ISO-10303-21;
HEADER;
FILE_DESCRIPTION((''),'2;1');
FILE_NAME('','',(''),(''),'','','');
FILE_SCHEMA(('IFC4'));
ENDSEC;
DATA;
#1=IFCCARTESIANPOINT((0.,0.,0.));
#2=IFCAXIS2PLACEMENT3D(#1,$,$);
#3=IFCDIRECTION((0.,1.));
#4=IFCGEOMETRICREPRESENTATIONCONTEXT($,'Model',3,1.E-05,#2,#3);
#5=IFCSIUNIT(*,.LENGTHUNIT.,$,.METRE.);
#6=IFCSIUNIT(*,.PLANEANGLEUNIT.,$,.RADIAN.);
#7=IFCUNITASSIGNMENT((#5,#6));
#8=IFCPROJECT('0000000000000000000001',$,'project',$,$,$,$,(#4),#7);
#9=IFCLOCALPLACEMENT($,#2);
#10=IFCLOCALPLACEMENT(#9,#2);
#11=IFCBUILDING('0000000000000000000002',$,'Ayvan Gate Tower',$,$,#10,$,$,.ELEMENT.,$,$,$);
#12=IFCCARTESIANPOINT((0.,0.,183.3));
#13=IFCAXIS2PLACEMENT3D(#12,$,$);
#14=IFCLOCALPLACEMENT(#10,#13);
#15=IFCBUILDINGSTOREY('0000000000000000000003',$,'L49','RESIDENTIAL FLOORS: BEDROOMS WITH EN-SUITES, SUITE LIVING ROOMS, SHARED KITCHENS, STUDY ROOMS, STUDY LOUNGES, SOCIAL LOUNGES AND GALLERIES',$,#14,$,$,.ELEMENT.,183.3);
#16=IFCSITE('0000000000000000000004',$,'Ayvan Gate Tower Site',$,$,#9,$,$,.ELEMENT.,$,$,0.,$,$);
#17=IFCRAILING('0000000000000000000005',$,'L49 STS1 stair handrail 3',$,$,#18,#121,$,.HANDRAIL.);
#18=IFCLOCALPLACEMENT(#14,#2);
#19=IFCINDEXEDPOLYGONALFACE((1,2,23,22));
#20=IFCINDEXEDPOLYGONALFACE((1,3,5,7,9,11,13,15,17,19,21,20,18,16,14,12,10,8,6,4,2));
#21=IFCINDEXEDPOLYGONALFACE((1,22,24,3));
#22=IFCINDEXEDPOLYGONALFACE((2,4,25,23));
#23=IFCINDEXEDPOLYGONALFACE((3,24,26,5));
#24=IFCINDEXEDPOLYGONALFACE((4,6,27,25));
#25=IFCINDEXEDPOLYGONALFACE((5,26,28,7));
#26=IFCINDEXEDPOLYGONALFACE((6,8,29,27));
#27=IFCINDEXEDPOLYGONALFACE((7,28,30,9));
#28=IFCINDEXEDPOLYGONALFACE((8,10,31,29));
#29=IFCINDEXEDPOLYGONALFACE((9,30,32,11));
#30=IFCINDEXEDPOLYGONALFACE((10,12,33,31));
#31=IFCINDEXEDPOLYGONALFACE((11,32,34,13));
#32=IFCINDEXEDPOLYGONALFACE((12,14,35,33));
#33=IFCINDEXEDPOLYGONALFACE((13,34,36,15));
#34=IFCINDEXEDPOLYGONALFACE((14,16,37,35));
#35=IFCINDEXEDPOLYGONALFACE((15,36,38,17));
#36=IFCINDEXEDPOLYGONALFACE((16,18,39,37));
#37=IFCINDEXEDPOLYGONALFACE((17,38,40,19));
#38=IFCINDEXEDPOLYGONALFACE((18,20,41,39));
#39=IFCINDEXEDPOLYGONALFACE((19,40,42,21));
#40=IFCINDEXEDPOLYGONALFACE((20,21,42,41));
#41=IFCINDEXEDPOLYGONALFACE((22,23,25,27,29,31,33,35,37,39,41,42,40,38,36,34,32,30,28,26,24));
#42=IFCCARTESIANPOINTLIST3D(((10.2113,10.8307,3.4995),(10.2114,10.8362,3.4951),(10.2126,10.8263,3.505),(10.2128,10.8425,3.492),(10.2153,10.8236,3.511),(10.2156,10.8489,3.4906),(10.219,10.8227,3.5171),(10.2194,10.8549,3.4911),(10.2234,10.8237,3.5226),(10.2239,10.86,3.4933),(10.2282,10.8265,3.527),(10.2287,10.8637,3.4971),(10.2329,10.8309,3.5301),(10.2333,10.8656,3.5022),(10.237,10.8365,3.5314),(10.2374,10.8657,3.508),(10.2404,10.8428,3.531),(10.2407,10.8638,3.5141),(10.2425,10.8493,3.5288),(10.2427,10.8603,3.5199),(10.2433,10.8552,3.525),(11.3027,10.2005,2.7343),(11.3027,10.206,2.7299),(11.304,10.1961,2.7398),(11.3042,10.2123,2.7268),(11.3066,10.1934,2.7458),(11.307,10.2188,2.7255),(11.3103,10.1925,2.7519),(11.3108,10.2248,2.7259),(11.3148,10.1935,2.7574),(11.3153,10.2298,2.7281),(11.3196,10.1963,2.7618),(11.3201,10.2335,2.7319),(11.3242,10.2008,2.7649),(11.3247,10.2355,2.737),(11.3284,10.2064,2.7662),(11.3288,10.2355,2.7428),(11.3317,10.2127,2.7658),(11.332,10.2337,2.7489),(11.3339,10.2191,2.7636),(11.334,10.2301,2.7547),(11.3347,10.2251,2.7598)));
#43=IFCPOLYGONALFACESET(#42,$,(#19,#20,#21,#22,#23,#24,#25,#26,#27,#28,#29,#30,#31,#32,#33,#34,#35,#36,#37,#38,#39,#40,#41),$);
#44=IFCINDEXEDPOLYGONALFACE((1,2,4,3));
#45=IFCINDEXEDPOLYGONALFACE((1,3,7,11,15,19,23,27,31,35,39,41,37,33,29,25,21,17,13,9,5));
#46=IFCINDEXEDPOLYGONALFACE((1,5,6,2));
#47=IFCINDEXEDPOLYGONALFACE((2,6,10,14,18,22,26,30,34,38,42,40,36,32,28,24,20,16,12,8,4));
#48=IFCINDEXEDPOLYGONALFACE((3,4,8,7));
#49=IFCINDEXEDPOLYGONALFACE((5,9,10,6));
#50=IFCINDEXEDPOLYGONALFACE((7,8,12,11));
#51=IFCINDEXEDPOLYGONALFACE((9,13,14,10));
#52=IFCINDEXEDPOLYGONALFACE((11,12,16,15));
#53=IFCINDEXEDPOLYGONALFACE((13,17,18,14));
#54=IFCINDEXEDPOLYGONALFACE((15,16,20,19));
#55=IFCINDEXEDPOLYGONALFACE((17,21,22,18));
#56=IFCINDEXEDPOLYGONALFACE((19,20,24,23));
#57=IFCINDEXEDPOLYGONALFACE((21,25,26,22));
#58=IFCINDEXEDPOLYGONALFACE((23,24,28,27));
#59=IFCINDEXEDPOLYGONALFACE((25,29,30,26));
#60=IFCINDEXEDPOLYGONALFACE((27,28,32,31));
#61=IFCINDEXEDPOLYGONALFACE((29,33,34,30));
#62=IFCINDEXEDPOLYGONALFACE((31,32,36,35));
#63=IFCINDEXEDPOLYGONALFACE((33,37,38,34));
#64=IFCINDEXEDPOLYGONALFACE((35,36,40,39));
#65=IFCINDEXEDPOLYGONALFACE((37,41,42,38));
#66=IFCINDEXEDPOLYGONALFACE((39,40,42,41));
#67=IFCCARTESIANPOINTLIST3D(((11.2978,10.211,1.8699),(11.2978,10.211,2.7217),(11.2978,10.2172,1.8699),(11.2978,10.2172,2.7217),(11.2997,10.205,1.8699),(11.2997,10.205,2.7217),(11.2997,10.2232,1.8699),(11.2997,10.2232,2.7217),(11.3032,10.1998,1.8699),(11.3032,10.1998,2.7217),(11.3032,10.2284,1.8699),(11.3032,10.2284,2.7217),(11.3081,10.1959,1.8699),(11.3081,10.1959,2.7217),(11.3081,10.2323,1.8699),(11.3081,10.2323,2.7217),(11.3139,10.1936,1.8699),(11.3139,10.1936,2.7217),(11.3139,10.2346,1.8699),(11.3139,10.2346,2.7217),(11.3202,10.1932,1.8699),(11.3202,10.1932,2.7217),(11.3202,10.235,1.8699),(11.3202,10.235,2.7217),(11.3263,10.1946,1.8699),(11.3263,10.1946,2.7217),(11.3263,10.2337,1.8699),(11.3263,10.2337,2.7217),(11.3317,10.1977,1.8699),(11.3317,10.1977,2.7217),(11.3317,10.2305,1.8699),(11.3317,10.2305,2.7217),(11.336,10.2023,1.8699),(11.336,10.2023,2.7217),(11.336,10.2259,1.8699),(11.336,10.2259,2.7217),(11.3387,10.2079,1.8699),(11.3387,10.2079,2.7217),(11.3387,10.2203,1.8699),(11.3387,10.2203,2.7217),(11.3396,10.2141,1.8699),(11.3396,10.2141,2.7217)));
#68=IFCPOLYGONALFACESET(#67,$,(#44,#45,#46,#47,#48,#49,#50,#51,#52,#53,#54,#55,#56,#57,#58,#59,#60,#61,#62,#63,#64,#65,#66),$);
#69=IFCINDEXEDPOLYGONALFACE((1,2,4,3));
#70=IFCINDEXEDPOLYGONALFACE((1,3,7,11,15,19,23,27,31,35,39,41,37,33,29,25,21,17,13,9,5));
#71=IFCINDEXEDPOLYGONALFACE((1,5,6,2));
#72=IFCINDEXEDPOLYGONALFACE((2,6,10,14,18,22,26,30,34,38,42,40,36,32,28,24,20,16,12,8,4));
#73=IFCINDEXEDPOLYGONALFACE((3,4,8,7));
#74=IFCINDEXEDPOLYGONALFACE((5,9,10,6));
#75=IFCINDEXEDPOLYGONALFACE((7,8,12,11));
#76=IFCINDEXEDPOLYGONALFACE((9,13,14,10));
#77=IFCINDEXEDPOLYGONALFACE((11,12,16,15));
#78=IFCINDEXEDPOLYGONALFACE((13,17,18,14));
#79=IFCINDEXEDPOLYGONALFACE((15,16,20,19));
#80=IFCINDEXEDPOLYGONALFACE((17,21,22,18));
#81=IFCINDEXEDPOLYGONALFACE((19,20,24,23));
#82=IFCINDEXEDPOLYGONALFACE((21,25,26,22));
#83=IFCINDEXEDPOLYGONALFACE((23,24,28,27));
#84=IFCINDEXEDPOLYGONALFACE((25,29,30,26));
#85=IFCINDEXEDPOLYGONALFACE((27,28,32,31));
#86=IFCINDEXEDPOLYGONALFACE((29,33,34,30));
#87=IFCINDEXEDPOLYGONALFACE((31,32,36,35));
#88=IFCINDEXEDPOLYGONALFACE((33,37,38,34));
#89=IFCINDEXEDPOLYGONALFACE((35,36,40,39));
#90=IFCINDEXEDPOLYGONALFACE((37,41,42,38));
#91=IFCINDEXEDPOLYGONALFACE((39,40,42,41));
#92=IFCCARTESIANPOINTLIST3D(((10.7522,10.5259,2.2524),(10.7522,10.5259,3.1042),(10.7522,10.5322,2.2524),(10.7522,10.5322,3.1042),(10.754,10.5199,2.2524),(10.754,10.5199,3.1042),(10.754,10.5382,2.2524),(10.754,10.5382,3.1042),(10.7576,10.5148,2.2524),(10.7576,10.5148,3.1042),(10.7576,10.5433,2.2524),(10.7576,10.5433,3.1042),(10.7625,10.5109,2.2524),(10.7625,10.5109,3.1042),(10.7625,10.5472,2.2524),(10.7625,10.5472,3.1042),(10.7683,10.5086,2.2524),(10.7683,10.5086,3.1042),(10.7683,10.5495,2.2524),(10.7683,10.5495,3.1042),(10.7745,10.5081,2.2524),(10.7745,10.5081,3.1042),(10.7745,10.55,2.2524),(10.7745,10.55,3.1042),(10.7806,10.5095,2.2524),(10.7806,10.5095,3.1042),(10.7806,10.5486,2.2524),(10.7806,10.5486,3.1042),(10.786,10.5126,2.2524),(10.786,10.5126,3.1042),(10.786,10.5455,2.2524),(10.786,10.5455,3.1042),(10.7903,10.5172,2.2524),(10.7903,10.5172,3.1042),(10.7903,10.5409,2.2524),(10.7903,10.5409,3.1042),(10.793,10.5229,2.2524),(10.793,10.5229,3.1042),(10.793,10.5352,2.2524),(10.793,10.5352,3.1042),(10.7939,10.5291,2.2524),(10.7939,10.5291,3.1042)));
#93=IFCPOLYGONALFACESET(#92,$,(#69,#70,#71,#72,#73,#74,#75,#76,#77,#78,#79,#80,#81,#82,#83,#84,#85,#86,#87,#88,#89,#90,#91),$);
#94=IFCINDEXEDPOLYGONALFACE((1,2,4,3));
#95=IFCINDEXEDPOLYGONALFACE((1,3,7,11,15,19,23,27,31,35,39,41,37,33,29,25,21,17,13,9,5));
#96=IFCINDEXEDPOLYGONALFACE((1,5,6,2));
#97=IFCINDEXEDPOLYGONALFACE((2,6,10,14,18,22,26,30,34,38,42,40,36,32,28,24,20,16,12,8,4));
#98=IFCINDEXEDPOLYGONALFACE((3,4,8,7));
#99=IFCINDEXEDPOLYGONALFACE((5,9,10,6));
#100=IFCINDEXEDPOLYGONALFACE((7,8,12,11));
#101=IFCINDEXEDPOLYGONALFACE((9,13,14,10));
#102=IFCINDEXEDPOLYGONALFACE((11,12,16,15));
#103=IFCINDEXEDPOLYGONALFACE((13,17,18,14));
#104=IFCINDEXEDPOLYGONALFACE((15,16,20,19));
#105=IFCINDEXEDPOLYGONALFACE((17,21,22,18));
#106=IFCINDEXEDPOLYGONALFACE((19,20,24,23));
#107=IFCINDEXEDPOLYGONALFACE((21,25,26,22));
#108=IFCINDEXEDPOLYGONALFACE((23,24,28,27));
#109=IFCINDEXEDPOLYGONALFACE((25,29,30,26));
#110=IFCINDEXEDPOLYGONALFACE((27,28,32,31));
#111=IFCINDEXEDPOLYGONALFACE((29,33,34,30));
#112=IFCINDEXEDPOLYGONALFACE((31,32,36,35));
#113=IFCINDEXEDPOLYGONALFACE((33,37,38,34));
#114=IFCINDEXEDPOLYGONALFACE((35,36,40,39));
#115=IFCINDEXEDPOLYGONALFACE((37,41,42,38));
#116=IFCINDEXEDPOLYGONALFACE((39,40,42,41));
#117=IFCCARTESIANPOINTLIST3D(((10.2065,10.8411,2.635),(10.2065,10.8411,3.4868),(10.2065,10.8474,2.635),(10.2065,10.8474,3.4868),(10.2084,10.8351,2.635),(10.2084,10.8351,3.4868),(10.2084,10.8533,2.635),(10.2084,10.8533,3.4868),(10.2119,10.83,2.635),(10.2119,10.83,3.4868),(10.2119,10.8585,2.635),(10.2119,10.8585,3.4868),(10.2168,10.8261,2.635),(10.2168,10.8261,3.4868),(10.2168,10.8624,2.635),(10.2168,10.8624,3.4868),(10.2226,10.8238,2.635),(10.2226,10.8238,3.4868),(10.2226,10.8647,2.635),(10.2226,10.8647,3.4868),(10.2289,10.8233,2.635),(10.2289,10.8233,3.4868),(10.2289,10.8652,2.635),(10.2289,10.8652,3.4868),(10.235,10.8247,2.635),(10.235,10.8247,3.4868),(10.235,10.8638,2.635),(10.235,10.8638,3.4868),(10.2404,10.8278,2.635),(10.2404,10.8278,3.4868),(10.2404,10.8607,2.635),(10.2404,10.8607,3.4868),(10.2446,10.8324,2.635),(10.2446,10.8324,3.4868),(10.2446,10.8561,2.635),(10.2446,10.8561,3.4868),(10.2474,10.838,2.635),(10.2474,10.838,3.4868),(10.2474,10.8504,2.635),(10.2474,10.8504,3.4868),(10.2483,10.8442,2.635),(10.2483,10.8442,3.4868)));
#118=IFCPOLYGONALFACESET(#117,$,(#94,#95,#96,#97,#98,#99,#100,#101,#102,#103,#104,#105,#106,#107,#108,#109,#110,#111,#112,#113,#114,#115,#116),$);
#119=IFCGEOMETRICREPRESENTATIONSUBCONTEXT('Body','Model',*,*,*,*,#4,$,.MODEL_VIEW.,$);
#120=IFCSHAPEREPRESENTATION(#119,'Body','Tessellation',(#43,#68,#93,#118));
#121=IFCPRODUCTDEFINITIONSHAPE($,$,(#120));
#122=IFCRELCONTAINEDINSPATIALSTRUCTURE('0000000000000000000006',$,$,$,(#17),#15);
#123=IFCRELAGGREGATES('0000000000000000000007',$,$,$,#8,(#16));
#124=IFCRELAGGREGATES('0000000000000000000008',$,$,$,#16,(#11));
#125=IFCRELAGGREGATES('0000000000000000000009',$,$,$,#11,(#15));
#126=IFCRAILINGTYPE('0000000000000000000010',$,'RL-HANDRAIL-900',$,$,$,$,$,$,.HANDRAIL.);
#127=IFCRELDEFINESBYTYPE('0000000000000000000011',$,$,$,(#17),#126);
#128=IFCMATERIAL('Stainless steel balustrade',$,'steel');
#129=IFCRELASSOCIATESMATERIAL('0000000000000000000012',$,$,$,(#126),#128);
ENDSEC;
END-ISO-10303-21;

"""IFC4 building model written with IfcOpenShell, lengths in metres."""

from ifc_helpers import new_model, si_unit, direction, frame, origin, origin_2d, place, context, subcontext, project, spatial, circle, extrude, material, type_object, element, save


model = new_model("IFC4")

# Units and contexts
model_context = context("Model", 3, precision=1e-05, world=origin(), true_north=direction((0.0, 1.0)))
body_context = subcontext(model_context, "Body", "Model", "MODEL_VIEW")
ifc_project = project(units=[si_unit("LENGTHUNIT", "METRE"), si_unit("PLANEANGLEUNIT", "RADIAN")], contexts=[model_context])

# Site, building, storey
site_placement = place(None, origin())
site = spatial("IfcSite", under=ifc_project, at=site_placement, Name="Ayvan Gate Tower Site", CompositionType="ELEMENT", RefElevation=0.0)
building_placement = place(site_placement, origin())
building = spatial("IfcBuilding", under=site, at=building_placement, Name="Ayvan Gate Tower", CompositionType="ELEMENT")
storey_placement = place(building_placement, frame((0.0, 0.0, 183.3)))
storey = spatial("IfcBuildingStorey", under=building, at=storey_placement, Name="L49", Description="RESIDENTIAL FLOORS: BEDROOMS WITH EN-SUITES, SUITE LIVING ROOMS, SHARED KITCHENS, STUDY ROOMS, STUDY LOUNGES, SOCIAL LOUNGES AND GALLERIES", CompositionType="ELEMENT", Elevation=183.3)

# Railing
ifc_material_1 = material(Name="Stainless steel balustrade", Category="steel")
railing_type_1 = type_object("IfcRailingType", Name="RL-HANDRAIL-900", PredefinedType="HANDRAIL", material=ifc_material_1)
railing_1_placement = place(storey_placement, frame((11.3186, 10.2141, 1.8699)))
element("IfcRailing", 1, at=railing_1_placement, inside=storey, type_object=railing_type_1, Name="L49 STS1 stair handrail 3", PredefinedType="HANDRAIL", context=body_context, shape_type="SweptSolid", body=[
    extrude(circle(Radius=0.0239, at=origin_2d()), frame((0.0, 0.0, 0.876), z_axis=(-0.740241, 0.427419, 0.518996), x_axis=(-0.500035, -0.866005, 0.0)), (0.0, 0.0, 1.0), 1.4744),
    extrude(circle(Radius=0.021, at=origin_2d()), origin(), (0.0, 0.0, 1.0), 0.8518),
    extrude(circle(Radius=0.021, at=origin_2d()), frame((-0.5457, 0.3149, 0.3826)), (0.0, 0.0, 1.0), 0.8518),
    extrude(circle(Radius=0.021, at=origin_2d()), frame((-1.0913, 0.6301, 0.7651)), (0.0, 0.0, 1.0), 0.8518),
])

save(model, "model.ifc")
